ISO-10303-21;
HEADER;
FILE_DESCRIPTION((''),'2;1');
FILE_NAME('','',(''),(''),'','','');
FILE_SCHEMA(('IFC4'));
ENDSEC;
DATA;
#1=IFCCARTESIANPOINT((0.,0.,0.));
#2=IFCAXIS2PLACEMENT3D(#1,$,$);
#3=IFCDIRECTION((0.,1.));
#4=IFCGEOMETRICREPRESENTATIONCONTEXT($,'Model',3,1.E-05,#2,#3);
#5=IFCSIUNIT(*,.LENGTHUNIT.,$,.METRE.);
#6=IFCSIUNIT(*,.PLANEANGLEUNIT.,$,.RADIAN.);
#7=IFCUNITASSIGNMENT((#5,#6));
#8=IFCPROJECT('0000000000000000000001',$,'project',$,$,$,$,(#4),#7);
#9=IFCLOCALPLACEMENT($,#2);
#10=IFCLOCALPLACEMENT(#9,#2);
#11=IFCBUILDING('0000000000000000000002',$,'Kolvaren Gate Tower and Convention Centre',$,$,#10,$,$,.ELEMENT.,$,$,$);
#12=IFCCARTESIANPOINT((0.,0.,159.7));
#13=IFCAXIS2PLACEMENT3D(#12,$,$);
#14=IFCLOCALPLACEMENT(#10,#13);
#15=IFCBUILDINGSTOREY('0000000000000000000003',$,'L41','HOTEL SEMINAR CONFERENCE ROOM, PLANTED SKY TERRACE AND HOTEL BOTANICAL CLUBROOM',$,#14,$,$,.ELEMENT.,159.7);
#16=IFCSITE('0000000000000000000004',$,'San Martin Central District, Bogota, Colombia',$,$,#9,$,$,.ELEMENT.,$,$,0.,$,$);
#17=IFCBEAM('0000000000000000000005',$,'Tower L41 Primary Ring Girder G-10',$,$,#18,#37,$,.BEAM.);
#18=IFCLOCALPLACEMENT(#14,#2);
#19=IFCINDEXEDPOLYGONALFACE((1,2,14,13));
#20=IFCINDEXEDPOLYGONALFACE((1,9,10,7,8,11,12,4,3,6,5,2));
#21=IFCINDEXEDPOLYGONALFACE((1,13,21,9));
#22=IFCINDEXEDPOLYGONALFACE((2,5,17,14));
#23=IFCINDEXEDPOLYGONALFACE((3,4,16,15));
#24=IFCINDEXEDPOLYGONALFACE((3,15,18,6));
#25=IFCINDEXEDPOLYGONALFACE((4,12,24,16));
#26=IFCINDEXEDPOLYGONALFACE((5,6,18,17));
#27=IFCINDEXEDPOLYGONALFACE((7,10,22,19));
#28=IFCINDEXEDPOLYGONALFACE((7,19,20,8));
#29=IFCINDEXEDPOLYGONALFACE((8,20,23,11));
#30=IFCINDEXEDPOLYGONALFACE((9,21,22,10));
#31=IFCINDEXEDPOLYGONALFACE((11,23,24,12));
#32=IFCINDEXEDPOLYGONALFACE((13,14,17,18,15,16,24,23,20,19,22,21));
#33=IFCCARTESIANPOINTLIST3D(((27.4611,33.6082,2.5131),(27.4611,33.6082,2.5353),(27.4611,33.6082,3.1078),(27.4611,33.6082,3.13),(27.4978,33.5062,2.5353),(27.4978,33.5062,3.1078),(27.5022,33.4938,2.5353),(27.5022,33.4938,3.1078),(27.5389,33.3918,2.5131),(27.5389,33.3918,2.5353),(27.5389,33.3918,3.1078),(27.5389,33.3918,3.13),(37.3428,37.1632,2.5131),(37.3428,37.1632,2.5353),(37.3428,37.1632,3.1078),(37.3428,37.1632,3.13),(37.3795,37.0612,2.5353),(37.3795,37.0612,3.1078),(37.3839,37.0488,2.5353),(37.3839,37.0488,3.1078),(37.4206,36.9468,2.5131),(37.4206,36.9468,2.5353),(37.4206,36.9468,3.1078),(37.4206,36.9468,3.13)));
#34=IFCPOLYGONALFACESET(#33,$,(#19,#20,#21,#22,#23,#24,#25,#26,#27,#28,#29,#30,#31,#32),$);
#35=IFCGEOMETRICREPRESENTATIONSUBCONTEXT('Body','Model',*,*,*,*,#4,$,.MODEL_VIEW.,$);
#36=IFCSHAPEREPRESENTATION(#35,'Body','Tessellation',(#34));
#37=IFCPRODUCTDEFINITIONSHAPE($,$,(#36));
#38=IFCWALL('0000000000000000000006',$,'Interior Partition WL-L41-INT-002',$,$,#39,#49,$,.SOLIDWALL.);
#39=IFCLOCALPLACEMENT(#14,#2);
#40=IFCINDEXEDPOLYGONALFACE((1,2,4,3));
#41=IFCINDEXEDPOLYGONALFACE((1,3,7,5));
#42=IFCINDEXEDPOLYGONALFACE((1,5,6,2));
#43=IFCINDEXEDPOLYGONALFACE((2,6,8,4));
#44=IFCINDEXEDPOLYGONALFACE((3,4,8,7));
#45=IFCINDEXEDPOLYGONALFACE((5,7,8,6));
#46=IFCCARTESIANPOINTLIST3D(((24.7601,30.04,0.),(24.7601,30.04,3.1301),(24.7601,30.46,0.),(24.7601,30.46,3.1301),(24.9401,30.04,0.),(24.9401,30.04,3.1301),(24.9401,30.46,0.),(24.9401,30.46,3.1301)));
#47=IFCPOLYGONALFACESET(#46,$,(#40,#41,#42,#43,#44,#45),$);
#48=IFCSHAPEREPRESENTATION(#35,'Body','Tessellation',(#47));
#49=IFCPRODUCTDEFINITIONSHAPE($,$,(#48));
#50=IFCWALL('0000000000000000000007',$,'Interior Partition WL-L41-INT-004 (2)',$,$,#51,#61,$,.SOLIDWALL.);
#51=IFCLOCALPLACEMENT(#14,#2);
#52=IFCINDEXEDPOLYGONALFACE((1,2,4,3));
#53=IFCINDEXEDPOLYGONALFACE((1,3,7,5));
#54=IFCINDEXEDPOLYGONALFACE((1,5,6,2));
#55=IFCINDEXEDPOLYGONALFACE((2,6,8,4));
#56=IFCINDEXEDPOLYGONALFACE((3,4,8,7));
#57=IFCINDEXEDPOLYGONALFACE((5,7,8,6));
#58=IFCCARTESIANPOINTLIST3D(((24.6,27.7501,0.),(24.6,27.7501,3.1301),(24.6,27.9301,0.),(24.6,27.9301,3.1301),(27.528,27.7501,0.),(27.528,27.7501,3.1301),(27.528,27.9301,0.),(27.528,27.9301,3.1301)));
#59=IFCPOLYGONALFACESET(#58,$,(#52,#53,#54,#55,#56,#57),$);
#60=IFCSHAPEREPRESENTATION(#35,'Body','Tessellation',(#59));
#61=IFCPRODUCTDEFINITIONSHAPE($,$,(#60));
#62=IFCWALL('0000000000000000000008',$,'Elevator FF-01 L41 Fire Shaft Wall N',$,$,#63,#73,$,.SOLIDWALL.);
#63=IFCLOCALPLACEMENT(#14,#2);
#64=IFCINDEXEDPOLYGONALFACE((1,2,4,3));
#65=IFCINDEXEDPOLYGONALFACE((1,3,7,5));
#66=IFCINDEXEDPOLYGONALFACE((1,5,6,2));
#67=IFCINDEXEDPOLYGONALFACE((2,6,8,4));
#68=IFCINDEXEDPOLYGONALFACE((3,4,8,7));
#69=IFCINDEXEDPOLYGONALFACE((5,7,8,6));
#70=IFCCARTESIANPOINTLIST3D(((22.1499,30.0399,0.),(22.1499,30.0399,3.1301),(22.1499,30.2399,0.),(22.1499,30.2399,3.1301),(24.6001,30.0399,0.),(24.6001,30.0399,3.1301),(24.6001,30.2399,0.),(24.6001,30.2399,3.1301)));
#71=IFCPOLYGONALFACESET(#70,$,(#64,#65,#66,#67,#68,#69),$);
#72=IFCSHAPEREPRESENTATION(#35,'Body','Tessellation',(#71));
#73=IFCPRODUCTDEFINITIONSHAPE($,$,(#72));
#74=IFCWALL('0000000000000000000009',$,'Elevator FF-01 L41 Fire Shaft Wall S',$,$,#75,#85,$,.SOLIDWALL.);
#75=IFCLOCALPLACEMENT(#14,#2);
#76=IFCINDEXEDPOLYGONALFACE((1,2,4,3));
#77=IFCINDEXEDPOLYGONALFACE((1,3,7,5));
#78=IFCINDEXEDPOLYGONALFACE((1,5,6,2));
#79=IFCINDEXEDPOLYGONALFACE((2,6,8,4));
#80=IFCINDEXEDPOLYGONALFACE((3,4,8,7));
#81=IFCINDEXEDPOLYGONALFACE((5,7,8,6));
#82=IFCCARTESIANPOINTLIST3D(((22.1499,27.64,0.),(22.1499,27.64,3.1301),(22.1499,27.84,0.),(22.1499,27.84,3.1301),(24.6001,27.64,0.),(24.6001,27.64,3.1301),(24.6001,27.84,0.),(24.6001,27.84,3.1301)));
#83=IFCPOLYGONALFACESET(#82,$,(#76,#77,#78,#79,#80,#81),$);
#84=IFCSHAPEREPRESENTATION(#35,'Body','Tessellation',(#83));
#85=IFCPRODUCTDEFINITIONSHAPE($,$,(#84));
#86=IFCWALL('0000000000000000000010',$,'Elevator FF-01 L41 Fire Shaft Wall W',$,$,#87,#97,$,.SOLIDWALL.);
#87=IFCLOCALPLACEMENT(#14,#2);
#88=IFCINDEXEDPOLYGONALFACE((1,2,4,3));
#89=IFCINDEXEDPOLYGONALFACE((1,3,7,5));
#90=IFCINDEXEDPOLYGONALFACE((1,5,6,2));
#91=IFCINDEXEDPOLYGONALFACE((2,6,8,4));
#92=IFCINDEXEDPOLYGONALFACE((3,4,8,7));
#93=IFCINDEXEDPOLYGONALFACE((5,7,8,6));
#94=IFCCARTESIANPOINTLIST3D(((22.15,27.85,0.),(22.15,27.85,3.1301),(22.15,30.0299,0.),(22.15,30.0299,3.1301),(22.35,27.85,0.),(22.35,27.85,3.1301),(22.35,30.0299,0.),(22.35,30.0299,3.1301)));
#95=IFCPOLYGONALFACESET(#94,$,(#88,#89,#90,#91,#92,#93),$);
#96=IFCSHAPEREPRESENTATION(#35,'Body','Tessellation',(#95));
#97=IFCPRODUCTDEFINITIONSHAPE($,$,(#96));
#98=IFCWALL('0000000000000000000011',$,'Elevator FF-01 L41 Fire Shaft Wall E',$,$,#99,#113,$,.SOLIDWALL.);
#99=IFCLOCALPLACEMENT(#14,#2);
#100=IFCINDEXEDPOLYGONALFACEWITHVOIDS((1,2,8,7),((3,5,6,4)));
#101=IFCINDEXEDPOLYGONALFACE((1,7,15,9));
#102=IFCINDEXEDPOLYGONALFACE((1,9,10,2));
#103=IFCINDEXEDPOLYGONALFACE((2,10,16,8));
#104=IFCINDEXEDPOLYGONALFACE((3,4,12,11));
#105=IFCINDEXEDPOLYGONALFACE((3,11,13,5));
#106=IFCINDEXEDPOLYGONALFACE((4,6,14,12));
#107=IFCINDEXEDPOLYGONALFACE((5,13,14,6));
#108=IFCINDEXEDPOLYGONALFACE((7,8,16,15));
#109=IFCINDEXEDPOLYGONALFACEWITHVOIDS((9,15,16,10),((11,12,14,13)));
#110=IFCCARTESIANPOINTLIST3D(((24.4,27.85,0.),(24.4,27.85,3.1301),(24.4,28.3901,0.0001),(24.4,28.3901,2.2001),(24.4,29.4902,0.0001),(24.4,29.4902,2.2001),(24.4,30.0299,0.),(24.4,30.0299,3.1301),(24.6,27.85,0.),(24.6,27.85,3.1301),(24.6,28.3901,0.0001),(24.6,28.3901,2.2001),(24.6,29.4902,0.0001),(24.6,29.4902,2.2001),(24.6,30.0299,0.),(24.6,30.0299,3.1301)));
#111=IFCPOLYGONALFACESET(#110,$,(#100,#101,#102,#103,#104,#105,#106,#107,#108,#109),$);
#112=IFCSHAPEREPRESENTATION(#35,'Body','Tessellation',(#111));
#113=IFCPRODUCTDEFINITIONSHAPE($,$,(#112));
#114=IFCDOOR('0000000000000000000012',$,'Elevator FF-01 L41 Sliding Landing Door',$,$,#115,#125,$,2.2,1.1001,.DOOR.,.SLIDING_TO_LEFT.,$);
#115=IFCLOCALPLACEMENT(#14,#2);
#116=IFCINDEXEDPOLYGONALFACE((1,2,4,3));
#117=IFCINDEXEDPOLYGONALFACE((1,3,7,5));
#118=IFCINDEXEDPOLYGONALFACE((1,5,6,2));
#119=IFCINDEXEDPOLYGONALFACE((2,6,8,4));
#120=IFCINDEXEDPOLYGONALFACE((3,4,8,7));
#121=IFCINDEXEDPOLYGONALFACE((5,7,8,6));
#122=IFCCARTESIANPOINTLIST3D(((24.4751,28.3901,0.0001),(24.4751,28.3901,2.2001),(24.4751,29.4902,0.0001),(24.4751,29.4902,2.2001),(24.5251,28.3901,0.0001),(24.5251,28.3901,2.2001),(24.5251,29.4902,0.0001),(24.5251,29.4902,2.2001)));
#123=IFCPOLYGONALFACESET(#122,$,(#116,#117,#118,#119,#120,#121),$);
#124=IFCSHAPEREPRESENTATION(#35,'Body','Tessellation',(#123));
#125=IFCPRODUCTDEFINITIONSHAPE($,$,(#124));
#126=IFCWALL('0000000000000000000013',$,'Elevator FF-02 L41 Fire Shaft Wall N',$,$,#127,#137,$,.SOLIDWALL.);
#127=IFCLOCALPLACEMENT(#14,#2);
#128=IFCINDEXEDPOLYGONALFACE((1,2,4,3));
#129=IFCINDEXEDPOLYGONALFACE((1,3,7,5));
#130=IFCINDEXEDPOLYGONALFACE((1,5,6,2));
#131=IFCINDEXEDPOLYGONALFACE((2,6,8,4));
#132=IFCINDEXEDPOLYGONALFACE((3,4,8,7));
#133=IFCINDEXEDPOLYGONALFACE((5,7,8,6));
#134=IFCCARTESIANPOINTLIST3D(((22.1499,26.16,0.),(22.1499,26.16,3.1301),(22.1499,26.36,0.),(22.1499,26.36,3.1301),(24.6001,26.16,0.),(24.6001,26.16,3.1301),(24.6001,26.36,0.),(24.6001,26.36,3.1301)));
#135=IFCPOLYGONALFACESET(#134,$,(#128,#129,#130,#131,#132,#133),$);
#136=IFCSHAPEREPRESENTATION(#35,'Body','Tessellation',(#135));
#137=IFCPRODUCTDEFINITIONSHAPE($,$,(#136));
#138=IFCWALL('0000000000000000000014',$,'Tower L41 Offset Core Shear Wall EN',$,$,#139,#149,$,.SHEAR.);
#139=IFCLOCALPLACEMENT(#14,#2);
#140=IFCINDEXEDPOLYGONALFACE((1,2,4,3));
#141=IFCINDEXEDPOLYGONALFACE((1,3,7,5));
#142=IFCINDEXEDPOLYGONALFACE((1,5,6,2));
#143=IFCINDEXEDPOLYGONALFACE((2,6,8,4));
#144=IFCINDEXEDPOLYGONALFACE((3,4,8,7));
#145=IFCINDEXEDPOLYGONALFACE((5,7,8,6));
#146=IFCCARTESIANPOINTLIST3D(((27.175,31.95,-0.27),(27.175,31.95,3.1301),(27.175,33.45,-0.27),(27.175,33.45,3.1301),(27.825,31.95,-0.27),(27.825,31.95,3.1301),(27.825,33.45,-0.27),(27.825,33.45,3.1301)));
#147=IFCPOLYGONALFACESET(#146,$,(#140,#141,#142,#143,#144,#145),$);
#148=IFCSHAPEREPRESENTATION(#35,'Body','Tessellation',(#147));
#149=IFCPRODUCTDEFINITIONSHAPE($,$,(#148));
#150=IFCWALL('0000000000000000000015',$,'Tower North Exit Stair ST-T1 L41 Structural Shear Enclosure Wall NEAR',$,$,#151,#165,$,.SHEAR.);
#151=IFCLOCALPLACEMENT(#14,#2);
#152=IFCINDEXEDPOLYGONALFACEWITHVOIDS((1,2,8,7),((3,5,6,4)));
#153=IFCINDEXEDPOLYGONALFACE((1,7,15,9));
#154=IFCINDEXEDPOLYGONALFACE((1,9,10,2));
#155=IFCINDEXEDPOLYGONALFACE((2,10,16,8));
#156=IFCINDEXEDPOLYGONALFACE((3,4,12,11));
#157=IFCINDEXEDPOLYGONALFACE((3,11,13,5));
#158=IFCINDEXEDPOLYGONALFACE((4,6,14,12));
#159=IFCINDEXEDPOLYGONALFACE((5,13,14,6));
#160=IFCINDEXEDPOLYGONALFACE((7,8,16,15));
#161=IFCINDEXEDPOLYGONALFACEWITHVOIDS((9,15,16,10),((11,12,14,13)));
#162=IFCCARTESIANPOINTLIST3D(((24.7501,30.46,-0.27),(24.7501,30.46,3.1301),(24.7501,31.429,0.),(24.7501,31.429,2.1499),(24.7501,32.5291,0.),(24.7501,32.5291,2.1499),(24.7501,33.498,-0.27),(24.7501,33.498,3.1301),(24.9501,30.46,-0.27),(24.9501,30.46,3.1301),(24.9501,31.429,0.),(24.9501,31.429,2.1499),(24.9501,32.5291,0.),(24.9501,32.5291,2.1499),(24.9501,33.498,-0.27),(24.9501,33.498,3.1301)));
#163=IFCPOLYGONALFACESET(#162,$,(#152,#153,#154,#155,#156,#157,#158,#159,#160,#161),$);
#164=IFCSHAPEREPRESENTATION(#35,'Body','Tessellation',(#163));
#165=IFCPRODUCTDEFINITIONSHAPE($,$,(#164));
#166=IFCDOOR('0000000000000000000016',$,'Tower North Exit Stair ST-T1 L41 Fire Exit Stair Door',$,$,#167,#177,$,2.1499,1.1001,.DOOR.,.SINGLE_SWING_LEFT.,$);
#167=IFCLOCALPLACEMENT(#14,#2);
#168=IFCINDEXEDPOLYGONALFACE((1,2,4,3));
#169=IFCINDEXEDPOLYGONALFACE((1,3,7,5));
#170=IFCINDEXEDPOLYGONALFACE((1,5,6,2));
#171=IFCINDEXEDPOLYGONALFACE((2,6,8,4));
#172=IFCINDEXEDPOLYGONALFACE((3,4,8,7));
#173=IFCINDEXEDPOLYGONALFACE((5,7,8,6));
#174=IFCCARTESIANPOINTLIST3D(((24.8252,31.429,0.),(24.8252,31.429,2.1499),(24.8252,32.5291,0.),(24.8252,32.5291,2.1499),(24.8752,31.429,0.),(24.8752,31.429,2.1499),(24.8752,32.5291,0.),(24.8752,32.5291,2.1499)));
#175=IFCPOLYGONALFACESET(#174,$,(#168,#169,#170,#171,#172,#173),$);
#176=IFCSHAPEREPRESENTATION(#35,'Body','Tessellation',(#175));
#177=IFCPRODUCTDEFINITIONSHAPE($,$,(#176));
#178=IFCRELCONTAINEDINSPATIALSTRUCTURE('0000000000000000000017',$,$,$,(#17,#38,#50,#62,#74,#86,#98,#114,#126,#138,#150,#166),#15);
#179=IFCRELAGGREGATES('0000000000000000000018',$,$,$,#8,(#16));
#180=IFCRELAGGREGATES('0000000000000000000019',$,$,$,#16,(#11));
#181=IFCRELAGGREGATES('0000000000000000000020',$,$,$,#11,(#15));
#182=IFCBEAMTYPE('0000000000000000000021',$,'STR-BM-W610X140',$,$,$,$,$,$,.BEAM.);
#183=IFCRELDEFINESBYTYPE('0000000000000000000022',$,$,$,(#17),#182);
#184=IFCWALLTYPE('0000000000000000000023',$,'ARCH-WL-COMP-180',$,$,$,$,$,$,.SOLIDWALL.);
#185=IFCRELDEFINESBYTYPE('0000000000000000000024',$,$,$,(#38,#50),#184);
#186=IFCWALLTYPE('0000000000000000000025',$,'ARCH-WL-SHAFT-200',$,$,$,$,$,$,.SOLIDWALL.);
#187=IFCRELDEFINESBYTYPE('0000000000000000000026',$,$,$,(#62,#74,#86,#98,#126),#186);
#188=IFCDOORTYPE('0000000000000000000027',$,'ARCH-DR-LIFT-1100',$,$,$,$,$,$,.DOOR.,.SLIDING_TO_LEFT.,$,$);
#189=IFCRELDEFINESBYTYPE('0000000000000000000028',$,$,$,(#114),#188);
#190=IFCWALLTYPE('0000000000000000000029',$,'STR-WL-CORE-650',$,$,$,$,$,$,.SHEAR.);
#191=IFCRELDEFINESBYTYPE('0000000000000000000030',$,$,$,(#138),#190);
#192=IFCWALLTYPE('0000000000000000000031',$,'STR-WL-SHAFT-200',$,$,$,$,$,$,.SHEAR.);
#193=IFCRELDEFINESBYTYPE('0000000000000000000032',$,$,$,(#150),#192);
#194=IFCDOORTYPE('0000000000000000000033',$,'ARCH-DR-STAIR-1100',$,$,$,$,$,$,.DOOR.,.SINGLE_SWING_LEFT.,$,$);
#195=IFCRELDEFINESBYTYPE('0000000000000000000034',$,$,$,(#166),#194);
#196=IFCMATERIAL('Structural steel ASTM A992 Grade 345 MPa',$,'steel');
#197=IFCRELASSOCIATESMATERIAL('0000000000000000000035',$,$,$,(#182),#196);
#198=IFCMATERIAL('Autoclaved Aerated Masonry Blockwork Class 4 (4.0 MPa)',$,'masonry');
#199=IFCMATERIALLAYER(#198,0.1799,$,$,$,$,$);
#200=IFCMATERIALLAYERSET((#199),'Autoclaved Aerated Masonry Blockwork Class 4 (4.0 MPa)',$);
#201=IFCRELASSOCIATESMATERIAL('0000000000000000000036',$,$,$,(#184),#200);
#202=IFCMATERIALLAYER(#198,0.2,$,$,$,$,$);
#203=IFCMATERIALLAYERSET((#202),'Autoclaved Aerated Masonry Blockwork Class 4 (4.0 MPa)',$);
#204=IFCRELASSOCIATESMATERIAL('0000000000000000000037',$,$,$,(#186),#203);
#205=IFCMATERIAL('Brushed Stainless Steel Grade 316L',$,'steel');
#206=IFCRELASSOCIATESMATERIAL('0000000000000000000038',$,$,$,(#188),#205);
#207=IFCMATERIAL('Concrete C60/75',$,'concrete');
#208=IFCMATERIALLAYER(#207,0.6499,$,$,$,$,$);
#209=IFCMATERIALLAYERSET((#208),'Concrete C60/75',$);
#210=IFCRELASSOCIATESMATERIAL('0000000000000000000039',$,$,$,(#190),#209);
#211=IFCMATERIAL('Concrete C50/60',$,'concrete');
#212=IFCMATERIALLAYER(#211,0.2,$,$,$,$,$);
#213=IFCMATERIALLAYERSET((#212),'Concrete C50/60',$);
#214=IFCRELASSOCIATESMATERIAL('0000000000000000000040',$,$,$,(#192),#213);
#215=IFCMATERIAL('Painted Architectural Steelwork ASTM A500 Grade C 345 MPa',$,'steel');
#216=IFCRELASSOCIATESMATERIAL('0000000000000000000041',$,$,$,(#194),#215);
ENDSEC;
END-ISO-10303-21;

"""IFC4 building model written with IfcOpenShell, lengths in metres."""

from ifc_helpers import new_model, si_unit, direction, frame, frame_2d, origin, origin_2d, place, context, subcontext, project, spatial, rectangle, i_section, extrude, material, layer, layer_set, material_profile, profile_set, type_object, element, fill, save


model = new_model("IFC4")

# Units and contexts
model_context = context("Model", 3, precision=1e-05, world=origin(), true_north=direction((0.0, 1.0)))
body_context = subcontext(model_context, "Body", "Model", "MODEL_VIEW")
ifc_project = project(units=[si_unit("LENGTHUNIT", "METRE"), si_unit("PLANEANGLEUNIT", "RADIAN")], contexts=[model_context])

# Site, building, storey
site_placement = place(None, origin())
site = spatial("IfcSite", under=ifc_project, at=site_placement, Name="San Martin Central District, Bogota, Colombia", CompositionType="ELEMENT", RefElevation=0.0)
building_placement = place(site_placement, origin())
building = spatial("IfcBuilding", under=site, at=building_placement, Name="Kolvaren Gate Tower and Convention Centre", CompositionType="ELEMENT")
storey_placement = place(building_placement, frame((0.0, 0.0, 159.7)))
storey = spatial("IfcBuildingStorey", under=building, at=storey_placement, Name="L41", Description="HOTEL SEMINAR CONFERENCE ROOM, PLANTED SKY TERRACE AND HOTEL BOTANICAL CLUBROOM", CompositionType="ELEMENT", Elevation=159.7)

# Beam
ifc_material_1 = material(Name="Structural steel ASTM A992 Grade 345 MPa", Category="steel")
ifc_material_profile = material_profile(ifc_material_1, i_section(OverallWidth=0.23, OverallDepth=0.6169, WebThickness=0.0132, FlangeThickness=0.0222, at=origin_2d()), Name="W610X140")
ifc_profile_set = profile_set([ifc_material_profile], Name="Structural steel ASTM A992 Grade 345 MPa")
beam_type = type_object("IfcBeamType", Name="STR-BM-W610X140", PredefinedType="BEAM", material=ifc_profile_set)
beam_placement = place(storey_placement, frame((27.5, 33.5, 2.8215), z_axis=(0.940961, 0.338514, 0.0), x_axis=(-0.338514, 0.940961, 0.0)))
element("IfcBeam", 1, at=beam_placement, inside=storey, type_object=beam_type, Name="Tower L41 Primary Ring Girder G-10", PredefinedType="BEAM", context=body_context, shape_type="SweptSolid", body=[
    extrude(i_section(OverallWidth=0.23, OverallDepth=0.6169, WebThickness=0.0132, FlangeThickness=0.0222, at=origin_2d()), origin(), (0.0, 0.0, 1.0), 10.5017),
])

# Walls
ifc_material_2 = material(Name="Autoclaved Aerated Masonry Blockwork Class 4 (4.0 MPa)", Category="masonry")
ifc_layer_1 = layer(ifc_material_2, 0.1799)
ifc_layer_set_1 = layer_set([ifc_layer_1], Name="Autoclaved Aerated Masonry Blockwork Class 4 (4.0 MPa)")
wall_type_1 = type_object("IfcWallType", Name="ARCH-WL-COMP-180", PredefinedType="SOLIDWALL", material=ifc_layer_set_1)
wall_1_placement = place(storey_placement, frame((24.8501, 30.04, 0.0), z_axis=(0.0, 0.0, 1.0), x_axis=(0.0, 1.0, 0.0)))
element("IfcWall", 2, at=wall_1_placement, inside=storey, type_object=wall_type_1, Name="Interior Partition WL-L41-INT-002", PredefinedType="SOLIDWALL", context=body_context, shape_type="SweptSolid", body=[
    extrude(rectangle(XDim=0.4199, YDim=0.1799, at=frame_2d((0.21, 0.0))), origin(), (0.0, 0.0, 1.0), 3.1301),
])
wall_2_placement = place(storey_placement, frame((24.6001, 27.8401, 0.0), z_axis=(0.0, 0.0, 1.0), x_axis=(1.0, 0.0, 0.0)))
element("IfcWall", 3, at=wall_2_placement, inside=storey, type_object=wall_type_1, Name="Interior Partition WL-L41-INT-004 (2)", PredefinedType="SOLIDWALL", context=body_context, shape_type="SweptSolid", body=[
    extrude(rectangle(XDim=2.928, YDim=0.1799, at=frame_2d((1.4639, 0.0))), origin(), (0.0, 0.0, 1.0), 3.1301),
])
ifc_layer_2 = layer(ifc_material_2, 0.2)
ifc_layer_set_2 = layer_set([ifc_layer_2], Name="Autoclaved Aerated Masonry Blockwork Class 4 (4.0 MPa)")
wall_type_2 = type_object("IfcWallType", Name="ARCH-WL-SHAFT-200", PredefinedType="SOLIDWALL", material=ifc_layer_set_2)
for number, where, z_axis, x_axis, name in (
    (4, (22.1499, 30.1399, 0.0), (0.0, 0.0, 1.0), (1.0, 0.0, 0.0), "Elevator FF-01 L41 Fire Shaft Wall N"),
    (5, (22.1499, 27.74, 0.0), (0.0, 0.0, 1.0), (1.0, 0.0, 0.0), "Elevator FF-01 L41 Fire Shaft Wall S"),
):
    element("IfcWall", number, at=place(storey_placement, frame(where, z_axis=z_axis, x_axis=x_axis)), inside=storey, type_object=wall_type_2, Name=name, PredefinedType="SOLIDWALL", context=body_context, shape_type="SweptSolid", body=[
        extrude(rectangle(XDim=2.4502, YDim=0.2, at=frame_2d((1.2251, 0.0))), origin(), (0.0, 0.0, 1.0), 3.1301),
    ])
wall_3_placement = place(storey_placement, frame((22.25, 27.8501, 0.0), z_axis=(0.0, 0.0, 1.0), x_axis=(0.0, 1.0, 0.0)))
element("IfcWall", 6, at=wall_3_placement, inside=storey, type_object=wall_type_2, Name="Elevator FF-01 L41 Fire Shaft Wall W", PredefinedType="SOLIDWALL", context=body_context, shape_type="SweptSolid", body=[
    extrude(rectangle(XDim=2.1799, YDim=0.2, at=frame_2d((1.0898, 0.0))), origin(), (0.0, 0.0, 1.0), 3.1301),
])

# Wall, opening, door
wall_4_placement = place(storey_placement, frame((24.5, 27.8501, 0.0), z_axis=(0.0, 0.0, 1.0), x_axis=(0.0, 1.0, 0.0)))
wall_4 = element("IfcWall", 7, at=wall_4_placement, inside=storey, type_object=wall_type_2, Name="Elevator FF-01 L41 Fire Shaft Wall E", PredefinedType="SOLIDWALL", context=body_context, shape_type="SweptSolid", body=[
    extrude(rectangle(XDim=2.1799, YDim=0.2, at=frame_2d((1.0898, 0.0))), origin(), (0.0, 0.0, 1.0), 3.1301),
])
opening_1_placement = place(wall_4_placement, frame((0.54, 0.0, 0.0)))
opening_1 = element("IfcOpeningElement", 8, at=opening_1_placement, cuts=wall_4, PredefinedType="OPENING", context=body_context, shape_type="SweptSolid", body=[
    extrude(rectangle(XDim=1.1001, YDim=2.2, at=frame_2d((0.55, 1.1001))), frame((0.0, 0.1099, 0.0), z_axis=(0.0, -1.0, 0.0), x_axis=(1.0, 0.0, 0.0)), (0.0, 0.0, 1.0), 0.22),
])
ifc_material_3 = material(Name="Brushed Stainless Steel Grade 316L", Category="steel")
door_type_1 = type_object("IfcDoorType", Name="ARCH-DR-LIFT-1100", OperationType="SLIDING_TO_LEFT", PredefinedType="DOOR", material=ifc_material_3)
door_1_placement = place(opening_1_placement, origin())
door_1 = element("IfcDoor", 9, at=door_1_placement, inside=storey, type_object=door_type_1, Name="Elevator FF-01 L41 Sliding Landing Door", OperationType="SLIDING_TO_LEFT", OverallHeight=2.2, OverallWidth=1.1001, PredefinedType="DOOR", context=body_context, shape_type="SweptSolid", body=[
    extrude(rectangle(XDim=1.1001, YDim=2.2, at=frame_2d((0.55, 1.1001))), frame((0.0, 0.0249, 0.0), z_axis=(0.0, -1.0, 0.0), x_axis=(1.0, 0.0, 0.0)), (0.0, 0.0, 1.0), 0.05),
])
fill(opening_1, door_1)

# Walls
wall_5_placement = place(storey_placement, frame((22.1499, 26.26, 0.0), z_axis=(0.0, 0.0, 1.0), x_axis=(1.0, 0.0, 0.0)))
element("IfcWall", 10, at=wall_5_placement, inside=storey, type_object=wall_type_2, Name="Elevator FF-02 L41 Fire Shaft Wall N", PredefinedType="SOLIDWALL", context=body_context, shape_type="SweptSolid", body=[
    extrude(rectangle(XDim=2.4502, YDim=0.2, at=frame_2d((1.2251, 0.0))), origin(), (0.0, 0.0, 1.0), 3.1301),
])
ifc_material_4 = material(Name="Concrete C60/75", Category="concrete")
ifc_layer_3 = layer(ifc_material_4, 0.6499)
ifc_layer_set_3 = layer_set([ifc_layer_3], Name="Concrete C60/75")
wall_type_3 = type_object("IfcWallType", Name="STR-WL-CORE-650", PredefinedType="SHEAR", material=ifc_layer_set_3)
wall_6_placement = place(storey_placement, frame((27.5, 31.95, -0.27), z_axis=(0.0, 0.0, 1.0), x_axis=(0.0, 1.0, 0.0)))
element("IfcWall", 11, at=wall_6_placement, inside=storey, type_object=wall_type_3, Name="Tower L41 Offset Core Shear Wall EN", PredefinedType="SHEAR", context=body_context, shape_type="SweptSolid", body=[
    extrude(rectangle(XDim=1.5, YDim=0.6499, at=frame_2d((0.75, 0.0))), origin(), (0.0, 0.0, 1.0), 3.4001),
])

# Wall, opening, door
ifc_material_5 = material(Name="Concrete C50/60", Category="concrete")
ifc_layer_4 = layer(ifc_material_5, 0.2)
ifc_layer_set_4 = layer_set([ifc_layer_4], Name="Concrete C50/60")
wall_type_4 = type_object("IfcWallType", Name="STR-WL-SHAFT-200", PredefinedType="SHEAR", material=ifc_layer_set_4)
wall_7_placement = place(storey_placement, frame((24.8501, 30.46, -0.27), z_axis=(0.0, 0.0, 1.0), x_axis=(0.0, 1.0, 0.0)))
wall_7 = element("IfcWall", 12, at=wall_7_placement, inside=storey, type_object=wall_type_4, Name="Tower North Exit Stair ST-T1 L41 Structural Shear Enclosure Wall NEAR", PredefinedType="SHEAR", context=body_context, shape_type="SweptSolid", body=[
    extrude(rectangle(XDim=3.0381, YDim=0.2, at=frame_2d((1.519, 0.0))), origin(), (0.0, 0.0, 1.0), 3.4001),
])
opening_2_placement = place(wall_7_placement, frame((0.969, 0.0, 0.27)))
opening_2 = element("IfcOpeningElement", 13, at=opening_2_placement, cuts=wall_7, PredefinedType="OPENING", context=body_context, shape_type="SweptSolid", body=[
    extrude(rectangle(XDim=1.1001, YDim=2.1499, at=frame_2d((0.55, 1.075))), frame((0.0, 0.1099, 0.0), z_axis=(0.0, -1.0, 0.0), x_axis=(1.0, 0.0, 0.0)), (0.0, 0.0, 1.0), 0.22),
])
ifc_material_6 = material(Name="Painted Architectural Steelwork ASTM A500 Grade C 345 MPa", Category="steel")
door_type_2 = type_object("IfcDoorType", Name="ARCH-DR-STAIR-1100", OperationType="SINGLE_SWING_LEFT", PredefinedType="DOOR", material=ifc_material_6)
door_2_placement = place(opening_2_placement, origin())
door_2 = element("IfcDoor", 14, at=door_2_placement, inside=storey, type_object=door_type_2, Name="Tower North Exit Stair ST-T1 L41 Fire Exit Stair Door", OperationType="SINGLE_SWING_LEFT", OverallHeight=2.1499, OverallWidth=1.1001, PredefinedType="DOOR", context=body_context, shape_type="SweptSolid", body=[
    extrude(rectangle(XDim=1.1001, YDim=2.1499, at=frame_2d((0.55, 1.075))), frame((0.0, 0.0249, 0.0), z_axis=(0.0, -1.0, 0.0), x_axis=(1.0, 0.0, 0.0)), (0.0, 0.0, 1.0), 0.05),
])
fill(opening_2, door_2)

save(model, "model.ifc")
